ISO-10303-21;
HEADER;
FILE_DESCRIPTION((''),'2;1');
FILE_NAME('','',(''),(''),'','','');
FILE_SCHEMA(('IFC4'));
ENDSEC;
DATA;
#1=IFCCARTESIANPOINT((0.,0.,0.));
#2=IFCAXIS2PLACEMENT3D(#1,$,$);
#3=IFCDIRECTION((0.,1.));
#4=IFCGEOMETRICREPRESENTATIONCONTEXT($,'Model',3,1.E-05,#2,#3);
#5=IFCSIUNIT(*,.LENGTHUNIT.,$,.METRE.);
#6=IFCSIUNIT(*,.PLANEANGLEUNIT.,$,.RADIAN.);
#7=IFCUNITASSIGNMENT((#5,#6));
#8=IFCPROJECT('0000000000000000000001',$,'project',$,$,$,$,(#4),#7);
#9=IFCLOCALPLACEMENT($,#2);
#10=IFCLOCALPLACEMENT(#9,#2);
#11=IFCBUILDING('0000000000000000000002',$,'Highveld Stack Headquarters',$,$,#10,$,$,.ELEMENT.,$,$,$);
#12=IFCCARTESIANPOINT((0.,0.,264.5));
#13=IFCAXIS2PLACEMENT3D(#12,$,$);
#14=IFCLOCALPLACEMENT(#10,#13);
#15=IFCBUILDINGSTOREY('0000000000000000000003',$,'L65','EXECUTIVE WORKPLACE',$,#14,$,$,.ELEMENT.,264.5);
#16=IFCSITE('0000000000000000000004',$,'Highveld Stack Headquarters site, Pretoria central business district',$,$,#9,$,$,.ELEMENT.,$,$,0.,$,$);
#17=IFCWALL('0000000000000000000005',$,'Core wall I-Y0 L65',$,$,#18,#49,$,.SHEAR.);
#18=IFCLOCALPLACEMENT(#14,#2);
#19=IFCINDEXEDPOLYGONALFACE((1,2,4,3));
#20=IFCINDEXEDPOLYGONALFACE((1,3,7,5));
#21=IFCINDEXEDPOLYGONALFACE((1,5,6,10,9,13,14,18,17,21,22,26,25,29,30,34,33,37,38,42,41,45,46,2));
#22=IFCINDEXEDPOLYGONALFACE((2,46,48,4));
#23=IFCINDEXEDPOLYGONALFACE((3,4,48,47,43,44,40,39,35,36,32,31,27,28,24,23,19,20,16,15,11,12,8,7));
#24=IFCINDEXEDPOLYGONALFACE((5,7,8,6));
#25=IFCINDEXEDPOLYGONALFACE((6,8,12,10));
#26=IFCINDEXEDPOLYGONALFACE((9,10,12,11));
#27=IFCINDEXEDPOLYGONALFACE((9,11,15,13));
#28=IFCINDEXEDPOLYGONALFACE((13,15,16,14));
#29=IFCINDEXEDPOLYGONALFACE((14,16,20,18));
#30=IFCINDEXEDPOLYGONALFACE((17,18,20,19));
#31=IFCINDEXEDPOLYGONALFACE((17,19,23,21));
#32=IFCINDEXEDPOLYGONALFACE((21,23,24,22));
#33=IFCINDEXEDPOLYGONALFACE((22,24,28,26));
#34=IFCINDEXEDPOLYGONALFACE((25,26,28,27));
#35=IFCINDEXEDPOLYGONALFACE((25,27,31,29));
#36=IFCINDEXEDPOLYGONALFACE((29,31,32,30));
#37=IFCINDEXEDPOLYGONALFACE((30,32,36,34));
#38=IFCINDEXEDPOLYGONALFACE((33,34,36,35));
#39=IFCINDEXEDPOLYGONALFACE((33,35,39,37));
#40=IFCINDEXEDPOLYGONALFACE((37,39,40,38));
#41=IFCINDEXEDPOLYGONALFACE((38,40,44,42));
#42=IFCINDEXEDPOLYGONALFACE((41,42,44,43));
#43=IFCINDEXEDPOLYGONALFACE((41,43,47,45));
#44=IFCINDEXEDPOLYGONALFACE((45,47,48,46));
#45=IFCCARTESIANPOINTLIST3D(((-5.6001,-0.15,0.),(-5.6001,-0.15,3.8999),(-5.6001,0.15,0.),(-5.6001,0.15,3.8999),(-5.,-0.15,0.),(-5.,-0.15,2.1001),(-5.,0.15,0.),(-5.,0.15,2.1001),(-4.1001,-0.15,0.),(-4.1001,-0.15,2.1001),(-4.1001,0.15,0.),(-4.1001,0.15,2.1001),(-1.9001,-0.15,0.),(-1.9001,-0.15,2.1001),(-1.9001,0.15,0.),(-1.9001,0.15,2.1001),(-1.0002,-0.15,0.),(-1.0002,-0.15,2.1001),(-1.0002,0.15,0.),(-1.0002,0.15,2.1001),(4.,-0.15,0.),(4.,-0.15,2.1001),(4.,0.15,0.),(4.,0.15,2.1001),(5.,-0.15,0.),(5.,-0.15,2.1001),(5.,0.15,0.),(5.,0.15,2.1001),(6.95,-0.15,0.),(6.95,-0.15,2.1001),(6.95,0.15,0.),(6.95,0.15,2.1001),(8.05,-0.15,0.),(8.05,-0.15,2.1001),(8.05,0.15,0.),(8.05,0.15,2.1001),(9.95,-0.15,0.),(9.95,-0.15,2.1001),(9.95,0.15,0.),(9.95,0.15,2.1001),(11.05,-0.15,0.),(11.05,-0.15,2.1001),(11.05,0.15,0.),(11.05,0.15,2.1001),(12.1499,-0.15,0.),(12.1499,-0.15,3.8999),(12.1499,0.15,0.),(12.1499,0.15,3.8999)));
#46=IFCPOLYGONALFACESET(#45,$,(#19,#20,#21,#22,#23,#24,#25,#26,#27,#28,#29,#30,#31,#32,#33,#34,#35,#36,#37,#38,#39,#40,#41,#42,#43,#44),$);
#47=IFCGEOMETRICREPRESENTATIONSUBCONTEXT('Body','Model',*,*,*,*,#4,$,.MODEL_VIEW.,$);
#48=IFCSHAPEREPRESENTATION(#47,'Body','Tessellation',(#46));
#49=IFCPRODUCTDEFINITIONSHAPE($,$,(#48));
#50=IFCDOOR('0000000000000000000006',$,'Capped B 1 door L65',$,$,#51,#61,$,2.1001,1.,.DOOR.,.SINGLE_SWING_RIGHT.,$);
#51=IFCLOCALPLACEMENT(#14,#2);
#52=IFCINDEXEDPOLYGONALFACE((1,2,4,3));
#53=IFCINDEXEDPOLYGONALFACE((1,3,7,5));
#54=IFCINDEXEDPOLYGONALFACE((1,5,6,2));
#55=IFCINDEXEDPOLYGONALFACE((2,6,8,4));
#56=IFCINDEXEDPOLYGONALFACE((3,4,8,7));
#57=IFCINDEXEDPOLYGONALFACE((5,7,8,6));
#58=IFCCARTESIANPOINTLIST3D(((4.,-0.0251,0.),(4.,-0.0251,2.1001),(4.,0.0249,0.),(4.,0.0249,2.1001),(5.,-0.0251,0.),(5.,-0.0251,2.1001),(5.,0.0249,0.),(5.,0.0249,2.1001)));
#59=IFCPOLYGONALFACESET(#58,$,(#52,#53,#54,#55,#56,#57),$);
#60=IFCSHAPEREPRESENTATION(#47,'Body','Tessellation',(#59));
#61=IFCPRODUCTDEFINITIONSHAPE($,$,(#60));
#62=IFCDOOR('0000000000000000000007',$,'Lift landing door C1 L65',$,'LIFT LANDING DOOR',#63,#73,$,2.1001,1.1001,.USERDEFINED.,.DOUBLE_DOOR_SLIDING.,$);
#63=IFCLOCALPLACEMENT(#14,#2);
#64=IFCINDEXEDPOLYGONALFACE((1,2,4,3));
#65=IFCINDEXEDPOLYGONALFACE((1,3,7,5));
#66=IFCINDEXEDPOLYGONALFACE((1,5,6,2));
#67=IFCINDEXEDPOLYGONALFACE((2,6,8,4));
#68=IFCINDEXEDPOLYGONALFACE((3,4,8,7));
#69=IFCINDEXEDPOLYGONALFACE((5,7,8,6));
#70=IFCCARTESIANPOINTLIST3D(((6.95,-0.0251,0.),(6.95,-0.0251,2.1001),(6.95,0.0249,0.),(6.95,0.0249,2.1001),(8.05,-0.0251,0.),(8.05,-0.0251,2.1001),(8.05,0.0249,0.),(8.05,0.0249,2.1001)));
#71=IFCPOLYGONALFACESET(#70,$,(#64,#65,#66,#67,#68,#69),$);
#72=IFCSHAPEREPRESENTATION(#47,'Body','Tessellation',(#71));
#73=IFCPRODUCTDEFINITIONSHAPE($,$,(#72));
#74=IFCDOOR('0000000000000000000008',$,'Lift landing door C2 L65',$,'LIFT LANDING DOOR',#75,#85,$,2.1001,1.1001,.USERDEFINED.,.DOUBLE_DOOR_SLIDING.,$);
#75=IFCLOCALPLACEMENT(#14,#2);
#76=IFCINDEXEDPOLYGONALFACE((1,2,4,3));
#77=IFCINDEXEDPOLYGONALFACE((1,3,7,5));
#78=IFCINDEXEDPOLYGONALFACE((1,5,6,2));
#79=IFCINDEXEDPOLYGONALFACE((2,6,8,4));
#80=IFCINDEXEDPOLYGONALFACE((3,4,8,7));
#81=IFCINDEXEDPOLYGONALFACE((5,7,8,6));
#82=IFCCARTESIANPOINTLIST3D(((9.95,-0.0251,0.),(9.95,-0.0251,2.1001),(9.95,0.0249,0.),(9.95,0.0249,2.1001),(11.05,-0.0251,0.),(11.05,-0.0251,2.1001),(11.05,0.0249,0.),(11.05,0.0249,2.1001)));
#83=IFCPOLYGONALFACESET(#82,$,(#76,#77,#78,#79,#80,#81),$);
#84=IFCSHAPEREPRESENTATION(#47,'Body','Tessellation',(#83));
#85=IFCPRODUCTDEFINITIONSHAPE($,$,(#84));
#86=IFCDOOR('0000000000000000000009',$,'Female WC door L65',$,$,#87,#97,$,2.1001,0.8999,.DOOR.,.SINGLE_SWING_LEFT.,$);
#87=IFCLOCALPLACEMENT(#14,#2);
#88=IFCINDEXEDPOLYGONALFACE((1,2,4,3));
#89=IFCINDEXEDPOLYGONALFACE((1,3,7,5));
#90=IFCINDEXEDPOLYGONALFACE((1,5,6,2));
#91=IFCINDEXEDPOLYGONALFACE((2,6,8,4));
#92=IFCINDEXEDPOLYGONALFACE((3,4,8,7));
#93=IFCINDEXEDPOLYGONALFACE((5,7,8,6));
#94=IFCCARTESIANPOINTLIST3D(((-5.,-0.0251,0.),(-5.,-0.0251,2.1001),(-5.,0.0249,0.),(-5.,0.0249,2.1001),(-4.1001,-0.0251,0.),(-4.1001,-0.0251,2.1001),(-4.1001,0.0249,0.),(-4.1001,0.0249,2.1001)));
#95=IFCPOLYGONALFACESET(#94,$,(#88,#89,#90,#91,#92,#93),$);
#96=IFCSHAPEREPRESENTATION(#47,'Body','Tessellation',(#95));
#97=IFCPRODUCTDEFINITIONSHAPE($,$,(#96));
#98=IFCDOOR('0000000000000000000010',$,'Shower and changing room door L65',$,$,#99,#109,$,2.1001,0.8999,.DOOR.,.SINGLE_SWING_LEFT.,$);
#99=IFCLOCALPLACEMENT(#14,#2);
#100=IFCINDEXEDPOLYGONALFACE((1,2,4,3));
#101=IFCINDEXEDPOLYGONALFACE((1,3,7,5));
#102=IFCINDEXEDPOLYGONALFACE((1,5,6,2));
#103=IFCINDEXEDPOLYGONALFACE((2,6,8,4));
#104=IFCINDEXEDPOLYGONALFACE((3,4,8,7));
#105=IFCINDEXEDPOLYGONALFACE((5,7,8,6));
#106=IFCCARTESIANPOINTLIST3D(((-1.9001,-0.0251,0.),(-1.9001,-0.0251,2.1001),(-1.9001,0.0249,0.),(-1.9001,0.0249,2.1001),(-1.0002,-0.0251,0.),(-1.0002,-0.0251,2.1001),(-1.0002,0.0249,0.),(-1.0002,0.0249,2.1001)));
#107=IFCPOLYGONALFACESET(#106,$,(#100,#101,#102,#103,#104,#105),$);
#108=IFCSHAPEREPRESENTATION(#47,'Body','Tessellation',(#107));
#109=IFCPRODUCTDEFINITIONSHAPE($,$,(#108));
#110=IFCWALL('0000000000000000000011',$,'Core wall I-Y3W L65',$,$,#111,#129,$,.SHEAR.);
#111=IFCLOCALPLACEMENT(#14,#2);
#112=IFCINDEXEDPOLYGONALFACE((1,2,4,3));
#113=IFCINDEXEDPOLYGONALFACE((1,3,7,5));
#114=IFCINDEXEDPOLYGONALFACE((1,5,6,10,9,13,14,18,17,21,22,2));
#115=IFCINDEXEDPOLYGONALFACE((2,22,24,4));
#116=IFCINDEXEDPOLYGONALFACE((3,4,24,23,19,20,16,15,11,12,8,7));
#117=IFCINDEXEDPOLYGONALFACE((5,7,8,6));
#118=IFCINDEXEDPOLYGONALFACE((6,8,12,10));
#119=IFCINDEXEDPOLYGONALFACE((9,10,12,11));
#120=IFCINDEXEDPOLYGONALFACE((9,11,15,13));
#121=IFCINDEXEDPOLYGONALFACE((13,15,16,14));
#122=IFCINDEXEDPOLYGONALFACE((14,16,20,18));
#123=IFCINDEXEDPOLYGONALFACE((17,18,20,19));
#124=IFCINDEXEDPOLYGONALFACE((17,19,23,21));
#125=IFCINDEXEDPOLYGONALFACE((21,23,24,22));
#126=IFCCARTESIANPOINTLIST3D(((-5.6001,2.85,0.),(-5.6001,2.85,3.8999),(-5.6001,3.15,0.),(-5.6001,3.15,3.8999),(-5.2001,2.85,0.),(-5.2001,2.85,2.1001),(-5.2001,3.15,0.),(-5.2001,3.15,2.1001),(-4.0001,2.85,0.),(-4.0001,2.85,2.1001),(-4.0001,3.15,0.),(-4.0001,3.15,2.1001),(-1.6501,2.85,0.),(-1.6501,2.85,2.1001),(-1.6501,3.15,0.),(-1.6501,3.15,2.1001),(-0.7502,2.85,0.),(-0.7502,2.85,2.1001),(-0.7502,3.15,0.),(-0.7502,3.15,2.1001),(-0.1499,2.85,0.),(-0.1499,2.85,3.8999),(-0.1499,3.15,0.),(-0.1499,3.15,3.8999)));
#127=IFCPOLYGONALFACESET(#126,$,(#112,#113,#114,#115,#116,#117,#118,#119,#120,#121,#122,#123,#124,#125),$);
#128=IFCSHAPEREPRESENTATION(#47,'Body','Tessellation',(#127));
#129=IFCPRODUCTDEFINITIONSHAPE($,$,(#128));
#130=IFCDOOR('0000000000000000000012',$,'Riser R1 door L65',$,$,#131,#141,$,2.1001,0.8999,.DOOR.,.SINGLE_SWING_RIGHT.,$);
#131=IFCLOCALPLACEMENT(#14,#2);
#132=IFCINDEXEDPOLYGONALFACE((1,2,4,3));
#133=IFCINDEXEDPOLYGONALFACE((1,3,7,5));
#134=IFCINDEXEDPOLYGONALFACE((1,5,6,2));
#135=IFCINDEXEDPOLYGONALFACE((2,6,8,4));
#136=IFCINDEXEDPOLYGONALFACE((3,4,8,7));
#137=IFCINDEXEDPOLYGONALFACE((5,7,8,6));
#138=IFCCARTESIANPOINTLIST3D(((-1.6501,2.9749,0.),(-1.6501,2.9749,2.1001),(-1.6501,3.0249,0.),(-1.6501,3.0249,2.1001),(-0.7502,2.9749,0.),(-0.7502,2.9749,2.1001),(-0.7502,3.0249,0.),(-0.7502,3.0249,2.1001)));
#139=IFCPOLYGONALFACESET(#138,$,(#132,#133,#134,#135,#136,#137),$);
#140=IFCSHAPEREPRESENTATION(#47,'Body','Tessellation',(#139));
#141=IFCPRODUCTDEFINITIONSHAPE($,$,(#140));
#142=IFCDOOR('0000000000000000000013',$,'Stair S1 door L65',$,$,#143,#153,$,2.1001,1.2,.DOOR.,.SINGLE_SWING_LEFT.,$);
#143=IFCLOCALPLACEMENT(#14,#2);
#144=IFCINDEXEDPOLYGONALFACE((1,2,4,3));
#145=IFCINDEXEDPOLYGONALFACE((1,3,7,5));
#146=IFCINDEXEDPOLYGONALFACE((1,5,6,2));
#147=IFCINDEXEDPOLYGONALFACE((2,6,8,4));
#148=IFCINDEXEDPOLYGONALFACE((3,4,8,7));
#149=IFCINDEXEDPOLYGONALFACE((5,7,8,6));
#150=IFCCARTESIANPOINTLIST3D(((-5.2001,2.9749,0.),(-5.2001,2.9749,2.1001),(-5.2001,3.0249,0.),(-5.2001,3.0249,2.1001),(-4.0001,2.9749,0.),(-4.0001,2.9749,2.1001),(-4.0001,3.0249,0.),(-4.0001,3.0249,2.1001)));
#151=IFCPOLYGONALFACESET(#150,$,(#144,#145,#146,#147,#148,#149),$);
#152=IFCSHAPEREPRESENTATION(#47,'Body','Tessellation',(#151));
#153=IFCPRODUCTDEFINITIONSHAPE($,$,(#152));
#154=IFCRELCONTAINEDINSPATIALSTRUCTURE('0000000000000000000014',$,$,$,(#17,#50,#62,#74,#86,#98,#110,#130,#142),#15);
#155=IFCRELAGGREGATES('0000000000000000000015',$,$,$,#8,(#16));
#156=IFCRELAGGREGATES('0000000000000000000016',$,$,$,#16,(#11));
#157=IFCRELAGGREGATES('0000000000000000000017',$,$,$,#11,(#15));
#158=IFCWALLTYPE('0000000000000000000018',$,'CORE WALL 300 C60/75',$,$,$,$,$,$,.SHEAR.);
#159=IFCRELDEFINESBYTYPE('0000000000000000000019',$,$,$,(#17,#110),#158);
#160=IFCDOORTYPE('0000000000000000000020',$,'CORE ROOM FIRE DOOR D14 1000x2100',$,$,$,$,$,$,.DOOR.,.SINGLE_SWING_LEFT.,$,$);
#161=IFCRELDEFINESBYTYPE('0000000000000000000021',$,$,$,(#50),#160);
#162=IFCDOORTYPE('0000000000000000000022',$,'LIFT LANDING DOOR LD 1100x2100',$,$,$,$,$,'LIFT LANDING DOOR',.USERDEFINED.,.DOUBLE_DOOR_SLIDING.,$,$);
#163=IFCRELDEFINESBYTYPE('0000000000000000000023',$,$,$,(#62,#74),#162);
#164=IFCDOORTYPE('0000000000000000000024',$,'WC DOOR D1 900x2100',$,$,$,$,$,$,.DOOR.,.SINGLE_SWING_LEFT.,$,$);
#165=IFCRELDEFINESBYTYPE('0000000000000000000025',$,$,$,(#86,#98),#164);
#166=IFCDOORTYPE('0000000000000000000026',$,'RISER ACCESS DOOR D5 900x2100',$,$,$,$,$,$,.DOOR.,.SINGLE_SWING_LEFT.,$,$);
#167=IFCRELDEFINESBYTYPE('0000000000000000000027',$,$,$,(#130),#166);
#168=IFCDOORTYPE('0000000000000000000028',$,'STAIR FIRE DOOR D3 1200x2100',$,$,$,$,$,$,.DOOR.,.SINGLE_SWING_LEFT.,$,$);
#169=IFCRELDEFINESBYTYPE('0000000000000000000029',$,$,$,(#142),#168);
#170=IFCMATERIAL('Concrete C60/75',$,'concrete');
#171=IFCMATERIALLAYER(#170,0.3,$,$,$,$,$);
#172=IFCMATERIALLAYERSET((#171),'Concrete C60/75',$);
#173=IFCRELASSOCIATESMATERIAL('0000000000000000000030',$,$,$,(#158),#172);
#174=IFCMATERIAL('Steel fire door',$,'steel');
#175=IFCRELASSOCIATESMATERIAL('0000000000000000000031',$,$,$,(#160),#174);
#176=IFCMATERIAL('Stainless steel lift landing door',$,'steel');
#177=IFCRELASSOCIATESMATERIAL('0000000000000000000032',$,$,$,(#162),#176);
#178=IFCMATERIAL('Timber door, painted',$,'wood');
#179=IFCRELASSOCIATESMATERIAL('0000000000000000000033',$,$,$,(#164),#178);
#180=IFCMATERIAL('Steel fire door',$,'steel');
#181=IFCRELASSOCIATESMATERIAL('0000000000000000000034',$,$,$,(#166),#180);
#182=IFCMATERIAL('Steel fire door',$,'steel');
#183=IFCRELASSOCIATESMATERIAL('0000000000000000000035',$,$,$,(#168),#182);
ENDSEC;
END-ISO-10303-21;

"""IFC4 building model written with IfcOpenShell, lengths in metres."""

from ifc_helpers import new_model, si_unit, direction, frame, frame_2d, origin, place, context, subcontext, project, spatial, rectangle, extrude, material, layer, layer_set, type_object, element, fill, save


model = new_model("IFC4")

# Units and contexts
model_context = context("Model", 3, precision=1e-05, world=origin(), true_north=direction((0.0, 1.0)))
body_context = subcontext(model_context, "Body", "Model", "MODEL_VIEW")
ifc_project = project(units=[si_unit("LENGTHUNIT", "METRE"), si_unit("PLANEANGLEUNIT", "RADIAN")], contexts=[model_context])

# Site, building, storey
site_placement = place(None, origin())
site = spatial("IfcSite", under=ifc_project, at=site_placement, Name="Highveld Stack Headquarters site, Pretoria central business district", CompositionType="ELEMENT", RefElevation=0.0)
building_placement = place(site_placement, origin())
building = spatial("IfcBuilding", under=site, at=building_placement, Name="Highveld Stack Headquarters", CompositionType="ELEMENT")
storey_placement = place(building_placement, frame((0.0, 0.0, 264.5)))
storey = spatial("IfcBuildingStorey", under=building, at=storey_placement, Name="L65", Description="EXECUTIVE WORKPLACE", CompositionType="ELEMENT", Elevation=264.5)

# Walls, openings, doors
ifc_material_1 = material(Name="Concrete C60/75", Category="concrete")
ifc_layer_1 = layer(ifc_material_1, 0.3)
ifc_layer_set_1 = layer_set([ifc_layer_1], Name="Concrete C60/75")
wall_type_1 = type_object("IfcWallType", Name="CORE WALL 300 C60/75", PredefinedType="SHEAR", material=ifc_layer_set_1)
wall_1_placement = place(storey_placement, frame((-5.6001, 0.0, 0.0), z_axis=(0.0, 0.0, 1.0), x_axis=(1.0, 0.0, 0.0)))
wall_1 = element("IfcWall", 1, at=wall_1_placement, inside=storey, type_object=wall_type_1, Name="Core wall I-Y0 L65", PredefinedType="SHEAR", context=body_context, shape_type="SweptSolid", body=[
    extrude(rectangle(XDim=17.75, YDim=0.3, at=frame_2d((8.875, 0.0))), origin(), (0.0, 0.0, 1.0), 3.8999),
])
opening_1_placement = place(wall_1_placement, frame((0.6001, 0.0, 0.0)))
opening_1 = element("IfcOpeningElement", 2, at=opening_1_placement, cuts=wall_1, PredefinedType="OPENING", context=body_context, shape_type="SweptSolid", body=[
    extrude(rectangle(XDim=0.8999, YDim=2.1001, at=frame_2d((0.45, 1.05))), frame((0.0, 0.1599, 0.0), z_axis=(0.0, -1.0, 0.0), x_axis=(1.0, 0.0, 0.0)), (0.0, 0.0, 1.0), 0.3201),
])
opening_2_placement = place(wall_1_placement, frame((3.7, 0.0, 0.0)))
opening_2 = element("IfcOpeningElement", 3, at=opening_2_placement, cuts=wall_1, PredefinedType="OPENING", context=body_context, shape_type="SweptSolid", body=[
    extrude(rectangle(XDim=0.8999, YDim=2.1001, at=frame_2d((0.45, 1.05))), frame((0.0, 0.1599, 0.0), z_axis=(0.0, -1.0, 0.0), x_axis=(1.0, 0.0, 0.0)), (0.0, 0.0, 1.0), 0.3201),
])
opening_3_placement = place(wall_1_placement, frame((9.6001, 0.0, 0.0)))
opening_3 = element("IfcOpeningElement", 4, at=opening_3_placement, cuts=wall_1, PredefinedType="OPENING", context=body_context, shape_type="SweptSolid", body=[
    extrude(rectangle(XDim=1.0, YDim=2.1001, at=frame_2d((0.5, 1.05))), frame((0.0, 0.1599, 0.0), z_axis=(0.0, -1.0, 0.0), x_axis=(1.0, 0.0, 0.0)), (0.0, 0.0, 1.0), 0.3201),
])
opening_4_placement = place(wall_1_placement, frame((12.55, 0.0, 0.0)))
opening_4 = element("IfcOpeningElement", 5, at=opening_4_placement, cuts=wall_1, PredefinedType="OPENING", context=body_context, shape_type="SweptSolid", body=[
    extrude(rectangle(XDim=1.1001, YDim=2.1001, at=frame_2d((0.55, 1.05))), frame((0.0, 0.1599, 0.0), z_axis=(0.0, -1.0, 0.0), x_axis=(1.0, 0.0, 0.0)), (0.0, 0.0, 1.0), 0.3201),
])
opening_5_placement = place(wall_1_placement, frame((15.55, 0.0, 0.0)))
opening_5 = element("IfcOpeningElement", 6, at=opening_5_placement, cuts=wall_1, PredefinedType="OPENING", context=body_context, shape_type="SweptSolid", body=[
    extrude(rectangle(XDim=1.1001, YDim=2.1001, at=frame_2d((0.55, 1.05))), frame((0.0, 0.1599, 0.0), z_axis=(0.0, -1.0, 0.0), x_axis=(1.0, 0.0, 0.0)), (0.0, 0.0, 1.0), 0.3201),
])
ifc_material_2 = material(Name="Steel fire door", Category="steel")
door_type_1 = type_object("IfcDoorType", Name="CORE ROOM FIRE DOOR D14 1000x2100", OperationType="SINGLE_SWING_LEFT", PredefinedType="DOOR", material=ifc_material_2)
door_1_placement = place(opening_3_placement, origin())
door_1 = element("IfcDoor", 7, at=door_1_placement, inside=storey, type_object=door_type_1, Name="Capped B 1 door L65", OperationType="SINGLE_SWING_RIGHT", OverallHeight=2.1001, OverallWidth=1.0, PredefinedType="DOOR", context=body_context, shape_type="SweptSolid", body=[
    extrude(rectangle(XDim=1.0, YDim=2.1001, at=frame_2d((0.5, 1.05))), frame((0.0, 0.0249, 0.0), z_axis=(0.0, -1.0, 0.0), x_axis=(1.0, 0.0, 0.0)), (0.0, 0.0, 1.0), 0.05),
])
fill(opening_3, door_1)
ifc_material_3 = material(Name="Stainless steel lift landing door", Category="steel")
door_type_2 = type_object("IfcDoorType", Name="LIFT LANDING DOOR LD 1100x2100", ElementType="LIFT LANDING DOOR", OperationType="DOUBLE_DOOR_SLIDING", PredefinedType="USERDEFINED", material=ifc_material_3)
door_2_placement = place(opening_4_placement, origin())
door_2 = element("IfcDoor", 8, at=door_2_placement, inside=storey, type_object=door_type_2, Name="Lift landing door C1 L65", ObjectType="LIFT LANDING DOOR", OperationType="DOUBLE_DOOR_SLIDING", OverallHeight=2.1001, OverallWidth=1.1001, PredefinedType="USERDEFINED", context=body_context, shape_type="SweptSolid", body=[
    extrude(rectangle(XDim=1.1001, YDim=2.1001, at=frame_2d((0.55, 1.05))), frame((0.0, 0.0249, 0.0), z_axis=(0.0, -1.0, 0.0), x_axis=(1.0, 0.0, 0.0)), (0.0, 0.0, 1.0), 0.05),
])
fill(opening_4, door_2)
door_3_placement = place(opening_5_placement, origin())
door_3 = element("IfcDoor", 9, at=door_3_placement, inside=storey, type_object=door_type_2, Name="Lift landing door C2 L65", ObjectType="LIFT LANDING DOOR", OperationType="DOUBLE_DOOR_SLIDING", OverallHeight=2.1001, OverallWidth=1.1001, PredefinedType="USERDEFINED", context=body_context, shape_type="SweptSolid", body=[
    extrude(rectangle(XDim=1.1001, YDim=2.1001, at=frame_2d((0.55, 1.05))), frame((0.0, 0.0249, 0.0), z_axis=(0.0, -1.0, 0.0), x_axis=(1.0, 0.0, 0.0)), (0.0, 0.0, 1.0), 0.05),
])
fill(opening_5, door_3)
ifc_material_4 = material(Name="Timber door, painted", Category="wood")
door_type_3 = type_object("IfcDoorType", Name="WC DOOR D1 900x2100", OperationType="SINGLE_SWING_LEFT", PredefinedType="DOOR", material=ifc_material_4)
door_4_placement = place(opening_1_placement, origin())
door_4 = element("IfcDoor", 10, at=door_4_placement, inside=storey, type_object=door_type_3, Name="Female WC door L65", OperationType="SINGLE_SWING_LEFT", OverallHeight=2.1001, OverallWidth=0.8999, PredefinedType="DOOR", context=body_context, shape_type="SweptSolid", body=[
    extrude(rectangle(XDim=0.8999, YDim=2.1001, at=frame_2d((0.45, 1.05))), frame((0.0, 0.0249, 0.0), z_axis=(0.0, -1.0, 0.0), x_axis=(1.0, 0.0, 0.0)), (0.0, 0.0, 1.0), 0.05),
])
fill(opening_1, door_4)
door_5_placement = place(opening_2_placement, origin())
door_5 = element("IfcDoor", 11, at=door_5_placement, inside=storey, type_object=door_type_3, Name="Shower and changing room door L65", OperationType="SINGLE_SWING_LEFT", OverallHeight=2.1001, OverallWidth=0.8999, PredefinedType="DOOR", context=body_context, shape_type="SweptSolid", body=[
    extrude(rectangle(XDim=0.8999, YDim=2.1001, at=frame_2d((0.45, 1.05))), frame((0.0, 0.0249, 0.0), z_axis=(0.0, -1.0, 0.0), x_axis=(1.0, 0.0, 0.0)), (0.0, 0.0, 1.0), 0.05),
])
fill(opening_2, door_5)
wall_2_placement = place(storey_placement, frame((-5.6001, 3.0, 0.0), z_axis=(0.0, 0.0, 1.0), x_axis=(1.0, 0.0, 0.0)))
wall_2 = element("IfcWall", 12, at=wall_2_placement, inside=storey, type_object=wall_type_1, Name="Core wall I-Y3W L65", PredefinedType="SHEAR", context=body_context, shape_type="SweptSolid", body=[
    extrude(rectangle(XDim=5.4502, YDim=0.3, at=frame_2d((2.7251, 0.0))), origin(), (0.0, 0.0, 1.0), 3.8999),
])
opening_6_placement = place(wall_2_placement, frame((0.3999, 0.0, 0.0)))
opening_6 = element("IfcOpeningElement", 13, at=opening_6_placement, cuts=wall_2, PredefinedType="OPENING", context=body_context, shape_type="SweptSolid", body=[
    extrude(rectangle(XDim=1.2, YDim=2.1001, at=frame_2d((0.6001, 1.05))), frame((0.0, 0.1599, 0.0), z_axis=(0.0, -1.0, 0.0), x_axis=(1.0, 0.0, 0.0)), (0.0, 0.0, 1.0), 0.3201),
])
opening_7_placement = place(wall_2_placement, frame((3.95, 0.0, 0.0)))
opening_7 = element("IfcOpeningElement", 14, at=opening_7_placement, cuts=wall_2, PredefinedType="OPENING", context=body_context, shape_type="SweptSolid", body=[
    extrude(rectangle(XDim=0.8999, YDim=2.1001, at=frame_2d((0.45, 1.05))), frame((0.0, 0.1599, 0.0), z_axis=(0.0, -1.0, 0.0), x_axis=(1.0, 0.0, 0.0)), (0.0, 0.0, 1.0), 0.3201),
])
ifc_material_5 = material(Name="Steel fire door", Category="steel")
door_type_4 = type_object("IfcDoorType", Name="RISER ACCESS DOOR D5 900x2100", OperationType="SINGLE_SWING_LEFT", PredefinedType="DOOR", material=ifc_material_5)
door_6_placement = place(opening_7_placement, origin())
door_6 = element("IfcDoor", 15, at=door_6_placement, inside=storey, type_object=door_type_4, Name="Riser R1 door L65", OperationType="SINGLE_SWING_RIGHT", OverallHeight=2.1001, OverallWidth=0.8999, PredefinedType="DOOR", context=body_context, shape_type="SweptSolid", body=[
    extrude(rectangle(XDim=0.8999, YDim=2.1001, at=frame_2d((0.45, 1.05))), frame((0.0, 0.0249, 0.0), z_axis=(0.0, -1.0, 0.0), x_axis=(1.0, 0.0, 0.0)), (0.0, 0.0, 1.0), 0.05),
])
fill(opening_7, door_6)
ifc_material_6 = material(Name="Steel fire door", Category="steel")
door_type_5 = type_object("IfcDoorType", Name="STAIR FIRE DOOR D3 1200x2100", OperationType="SINGLE_SWING_LEFT", PredefinedType="DOOR", material=ifc_material_6)
door_7_placement = place(opening_6_placement, origin())
door_7 = element("IfcDoor", 16, at=door_7_placement, inside=storey, type_object=door_type_5, Name="Stair S1 door L65", OperationType="SINGLE_SWING_LEFT", OverallHeight=2.1001, OverallWidth=1.2, PredefinedType="DOOR", context=body_context, shape_type="SweptSolid", body=[
    extrude(rectangle(XDim=1.2, YDim=2.1001, at=frame_2d((0.6001, 1.05))), frame((0.0, 0.0249, 0.0), z_axis=(0.0, -1.0, 0.0), x_axis=(1.0, 0.0, 0.0)), (0.0, 0.0, 1.0), 0.05),
])
fill(opening_6, door_7)

save(model, "model.ifc")
